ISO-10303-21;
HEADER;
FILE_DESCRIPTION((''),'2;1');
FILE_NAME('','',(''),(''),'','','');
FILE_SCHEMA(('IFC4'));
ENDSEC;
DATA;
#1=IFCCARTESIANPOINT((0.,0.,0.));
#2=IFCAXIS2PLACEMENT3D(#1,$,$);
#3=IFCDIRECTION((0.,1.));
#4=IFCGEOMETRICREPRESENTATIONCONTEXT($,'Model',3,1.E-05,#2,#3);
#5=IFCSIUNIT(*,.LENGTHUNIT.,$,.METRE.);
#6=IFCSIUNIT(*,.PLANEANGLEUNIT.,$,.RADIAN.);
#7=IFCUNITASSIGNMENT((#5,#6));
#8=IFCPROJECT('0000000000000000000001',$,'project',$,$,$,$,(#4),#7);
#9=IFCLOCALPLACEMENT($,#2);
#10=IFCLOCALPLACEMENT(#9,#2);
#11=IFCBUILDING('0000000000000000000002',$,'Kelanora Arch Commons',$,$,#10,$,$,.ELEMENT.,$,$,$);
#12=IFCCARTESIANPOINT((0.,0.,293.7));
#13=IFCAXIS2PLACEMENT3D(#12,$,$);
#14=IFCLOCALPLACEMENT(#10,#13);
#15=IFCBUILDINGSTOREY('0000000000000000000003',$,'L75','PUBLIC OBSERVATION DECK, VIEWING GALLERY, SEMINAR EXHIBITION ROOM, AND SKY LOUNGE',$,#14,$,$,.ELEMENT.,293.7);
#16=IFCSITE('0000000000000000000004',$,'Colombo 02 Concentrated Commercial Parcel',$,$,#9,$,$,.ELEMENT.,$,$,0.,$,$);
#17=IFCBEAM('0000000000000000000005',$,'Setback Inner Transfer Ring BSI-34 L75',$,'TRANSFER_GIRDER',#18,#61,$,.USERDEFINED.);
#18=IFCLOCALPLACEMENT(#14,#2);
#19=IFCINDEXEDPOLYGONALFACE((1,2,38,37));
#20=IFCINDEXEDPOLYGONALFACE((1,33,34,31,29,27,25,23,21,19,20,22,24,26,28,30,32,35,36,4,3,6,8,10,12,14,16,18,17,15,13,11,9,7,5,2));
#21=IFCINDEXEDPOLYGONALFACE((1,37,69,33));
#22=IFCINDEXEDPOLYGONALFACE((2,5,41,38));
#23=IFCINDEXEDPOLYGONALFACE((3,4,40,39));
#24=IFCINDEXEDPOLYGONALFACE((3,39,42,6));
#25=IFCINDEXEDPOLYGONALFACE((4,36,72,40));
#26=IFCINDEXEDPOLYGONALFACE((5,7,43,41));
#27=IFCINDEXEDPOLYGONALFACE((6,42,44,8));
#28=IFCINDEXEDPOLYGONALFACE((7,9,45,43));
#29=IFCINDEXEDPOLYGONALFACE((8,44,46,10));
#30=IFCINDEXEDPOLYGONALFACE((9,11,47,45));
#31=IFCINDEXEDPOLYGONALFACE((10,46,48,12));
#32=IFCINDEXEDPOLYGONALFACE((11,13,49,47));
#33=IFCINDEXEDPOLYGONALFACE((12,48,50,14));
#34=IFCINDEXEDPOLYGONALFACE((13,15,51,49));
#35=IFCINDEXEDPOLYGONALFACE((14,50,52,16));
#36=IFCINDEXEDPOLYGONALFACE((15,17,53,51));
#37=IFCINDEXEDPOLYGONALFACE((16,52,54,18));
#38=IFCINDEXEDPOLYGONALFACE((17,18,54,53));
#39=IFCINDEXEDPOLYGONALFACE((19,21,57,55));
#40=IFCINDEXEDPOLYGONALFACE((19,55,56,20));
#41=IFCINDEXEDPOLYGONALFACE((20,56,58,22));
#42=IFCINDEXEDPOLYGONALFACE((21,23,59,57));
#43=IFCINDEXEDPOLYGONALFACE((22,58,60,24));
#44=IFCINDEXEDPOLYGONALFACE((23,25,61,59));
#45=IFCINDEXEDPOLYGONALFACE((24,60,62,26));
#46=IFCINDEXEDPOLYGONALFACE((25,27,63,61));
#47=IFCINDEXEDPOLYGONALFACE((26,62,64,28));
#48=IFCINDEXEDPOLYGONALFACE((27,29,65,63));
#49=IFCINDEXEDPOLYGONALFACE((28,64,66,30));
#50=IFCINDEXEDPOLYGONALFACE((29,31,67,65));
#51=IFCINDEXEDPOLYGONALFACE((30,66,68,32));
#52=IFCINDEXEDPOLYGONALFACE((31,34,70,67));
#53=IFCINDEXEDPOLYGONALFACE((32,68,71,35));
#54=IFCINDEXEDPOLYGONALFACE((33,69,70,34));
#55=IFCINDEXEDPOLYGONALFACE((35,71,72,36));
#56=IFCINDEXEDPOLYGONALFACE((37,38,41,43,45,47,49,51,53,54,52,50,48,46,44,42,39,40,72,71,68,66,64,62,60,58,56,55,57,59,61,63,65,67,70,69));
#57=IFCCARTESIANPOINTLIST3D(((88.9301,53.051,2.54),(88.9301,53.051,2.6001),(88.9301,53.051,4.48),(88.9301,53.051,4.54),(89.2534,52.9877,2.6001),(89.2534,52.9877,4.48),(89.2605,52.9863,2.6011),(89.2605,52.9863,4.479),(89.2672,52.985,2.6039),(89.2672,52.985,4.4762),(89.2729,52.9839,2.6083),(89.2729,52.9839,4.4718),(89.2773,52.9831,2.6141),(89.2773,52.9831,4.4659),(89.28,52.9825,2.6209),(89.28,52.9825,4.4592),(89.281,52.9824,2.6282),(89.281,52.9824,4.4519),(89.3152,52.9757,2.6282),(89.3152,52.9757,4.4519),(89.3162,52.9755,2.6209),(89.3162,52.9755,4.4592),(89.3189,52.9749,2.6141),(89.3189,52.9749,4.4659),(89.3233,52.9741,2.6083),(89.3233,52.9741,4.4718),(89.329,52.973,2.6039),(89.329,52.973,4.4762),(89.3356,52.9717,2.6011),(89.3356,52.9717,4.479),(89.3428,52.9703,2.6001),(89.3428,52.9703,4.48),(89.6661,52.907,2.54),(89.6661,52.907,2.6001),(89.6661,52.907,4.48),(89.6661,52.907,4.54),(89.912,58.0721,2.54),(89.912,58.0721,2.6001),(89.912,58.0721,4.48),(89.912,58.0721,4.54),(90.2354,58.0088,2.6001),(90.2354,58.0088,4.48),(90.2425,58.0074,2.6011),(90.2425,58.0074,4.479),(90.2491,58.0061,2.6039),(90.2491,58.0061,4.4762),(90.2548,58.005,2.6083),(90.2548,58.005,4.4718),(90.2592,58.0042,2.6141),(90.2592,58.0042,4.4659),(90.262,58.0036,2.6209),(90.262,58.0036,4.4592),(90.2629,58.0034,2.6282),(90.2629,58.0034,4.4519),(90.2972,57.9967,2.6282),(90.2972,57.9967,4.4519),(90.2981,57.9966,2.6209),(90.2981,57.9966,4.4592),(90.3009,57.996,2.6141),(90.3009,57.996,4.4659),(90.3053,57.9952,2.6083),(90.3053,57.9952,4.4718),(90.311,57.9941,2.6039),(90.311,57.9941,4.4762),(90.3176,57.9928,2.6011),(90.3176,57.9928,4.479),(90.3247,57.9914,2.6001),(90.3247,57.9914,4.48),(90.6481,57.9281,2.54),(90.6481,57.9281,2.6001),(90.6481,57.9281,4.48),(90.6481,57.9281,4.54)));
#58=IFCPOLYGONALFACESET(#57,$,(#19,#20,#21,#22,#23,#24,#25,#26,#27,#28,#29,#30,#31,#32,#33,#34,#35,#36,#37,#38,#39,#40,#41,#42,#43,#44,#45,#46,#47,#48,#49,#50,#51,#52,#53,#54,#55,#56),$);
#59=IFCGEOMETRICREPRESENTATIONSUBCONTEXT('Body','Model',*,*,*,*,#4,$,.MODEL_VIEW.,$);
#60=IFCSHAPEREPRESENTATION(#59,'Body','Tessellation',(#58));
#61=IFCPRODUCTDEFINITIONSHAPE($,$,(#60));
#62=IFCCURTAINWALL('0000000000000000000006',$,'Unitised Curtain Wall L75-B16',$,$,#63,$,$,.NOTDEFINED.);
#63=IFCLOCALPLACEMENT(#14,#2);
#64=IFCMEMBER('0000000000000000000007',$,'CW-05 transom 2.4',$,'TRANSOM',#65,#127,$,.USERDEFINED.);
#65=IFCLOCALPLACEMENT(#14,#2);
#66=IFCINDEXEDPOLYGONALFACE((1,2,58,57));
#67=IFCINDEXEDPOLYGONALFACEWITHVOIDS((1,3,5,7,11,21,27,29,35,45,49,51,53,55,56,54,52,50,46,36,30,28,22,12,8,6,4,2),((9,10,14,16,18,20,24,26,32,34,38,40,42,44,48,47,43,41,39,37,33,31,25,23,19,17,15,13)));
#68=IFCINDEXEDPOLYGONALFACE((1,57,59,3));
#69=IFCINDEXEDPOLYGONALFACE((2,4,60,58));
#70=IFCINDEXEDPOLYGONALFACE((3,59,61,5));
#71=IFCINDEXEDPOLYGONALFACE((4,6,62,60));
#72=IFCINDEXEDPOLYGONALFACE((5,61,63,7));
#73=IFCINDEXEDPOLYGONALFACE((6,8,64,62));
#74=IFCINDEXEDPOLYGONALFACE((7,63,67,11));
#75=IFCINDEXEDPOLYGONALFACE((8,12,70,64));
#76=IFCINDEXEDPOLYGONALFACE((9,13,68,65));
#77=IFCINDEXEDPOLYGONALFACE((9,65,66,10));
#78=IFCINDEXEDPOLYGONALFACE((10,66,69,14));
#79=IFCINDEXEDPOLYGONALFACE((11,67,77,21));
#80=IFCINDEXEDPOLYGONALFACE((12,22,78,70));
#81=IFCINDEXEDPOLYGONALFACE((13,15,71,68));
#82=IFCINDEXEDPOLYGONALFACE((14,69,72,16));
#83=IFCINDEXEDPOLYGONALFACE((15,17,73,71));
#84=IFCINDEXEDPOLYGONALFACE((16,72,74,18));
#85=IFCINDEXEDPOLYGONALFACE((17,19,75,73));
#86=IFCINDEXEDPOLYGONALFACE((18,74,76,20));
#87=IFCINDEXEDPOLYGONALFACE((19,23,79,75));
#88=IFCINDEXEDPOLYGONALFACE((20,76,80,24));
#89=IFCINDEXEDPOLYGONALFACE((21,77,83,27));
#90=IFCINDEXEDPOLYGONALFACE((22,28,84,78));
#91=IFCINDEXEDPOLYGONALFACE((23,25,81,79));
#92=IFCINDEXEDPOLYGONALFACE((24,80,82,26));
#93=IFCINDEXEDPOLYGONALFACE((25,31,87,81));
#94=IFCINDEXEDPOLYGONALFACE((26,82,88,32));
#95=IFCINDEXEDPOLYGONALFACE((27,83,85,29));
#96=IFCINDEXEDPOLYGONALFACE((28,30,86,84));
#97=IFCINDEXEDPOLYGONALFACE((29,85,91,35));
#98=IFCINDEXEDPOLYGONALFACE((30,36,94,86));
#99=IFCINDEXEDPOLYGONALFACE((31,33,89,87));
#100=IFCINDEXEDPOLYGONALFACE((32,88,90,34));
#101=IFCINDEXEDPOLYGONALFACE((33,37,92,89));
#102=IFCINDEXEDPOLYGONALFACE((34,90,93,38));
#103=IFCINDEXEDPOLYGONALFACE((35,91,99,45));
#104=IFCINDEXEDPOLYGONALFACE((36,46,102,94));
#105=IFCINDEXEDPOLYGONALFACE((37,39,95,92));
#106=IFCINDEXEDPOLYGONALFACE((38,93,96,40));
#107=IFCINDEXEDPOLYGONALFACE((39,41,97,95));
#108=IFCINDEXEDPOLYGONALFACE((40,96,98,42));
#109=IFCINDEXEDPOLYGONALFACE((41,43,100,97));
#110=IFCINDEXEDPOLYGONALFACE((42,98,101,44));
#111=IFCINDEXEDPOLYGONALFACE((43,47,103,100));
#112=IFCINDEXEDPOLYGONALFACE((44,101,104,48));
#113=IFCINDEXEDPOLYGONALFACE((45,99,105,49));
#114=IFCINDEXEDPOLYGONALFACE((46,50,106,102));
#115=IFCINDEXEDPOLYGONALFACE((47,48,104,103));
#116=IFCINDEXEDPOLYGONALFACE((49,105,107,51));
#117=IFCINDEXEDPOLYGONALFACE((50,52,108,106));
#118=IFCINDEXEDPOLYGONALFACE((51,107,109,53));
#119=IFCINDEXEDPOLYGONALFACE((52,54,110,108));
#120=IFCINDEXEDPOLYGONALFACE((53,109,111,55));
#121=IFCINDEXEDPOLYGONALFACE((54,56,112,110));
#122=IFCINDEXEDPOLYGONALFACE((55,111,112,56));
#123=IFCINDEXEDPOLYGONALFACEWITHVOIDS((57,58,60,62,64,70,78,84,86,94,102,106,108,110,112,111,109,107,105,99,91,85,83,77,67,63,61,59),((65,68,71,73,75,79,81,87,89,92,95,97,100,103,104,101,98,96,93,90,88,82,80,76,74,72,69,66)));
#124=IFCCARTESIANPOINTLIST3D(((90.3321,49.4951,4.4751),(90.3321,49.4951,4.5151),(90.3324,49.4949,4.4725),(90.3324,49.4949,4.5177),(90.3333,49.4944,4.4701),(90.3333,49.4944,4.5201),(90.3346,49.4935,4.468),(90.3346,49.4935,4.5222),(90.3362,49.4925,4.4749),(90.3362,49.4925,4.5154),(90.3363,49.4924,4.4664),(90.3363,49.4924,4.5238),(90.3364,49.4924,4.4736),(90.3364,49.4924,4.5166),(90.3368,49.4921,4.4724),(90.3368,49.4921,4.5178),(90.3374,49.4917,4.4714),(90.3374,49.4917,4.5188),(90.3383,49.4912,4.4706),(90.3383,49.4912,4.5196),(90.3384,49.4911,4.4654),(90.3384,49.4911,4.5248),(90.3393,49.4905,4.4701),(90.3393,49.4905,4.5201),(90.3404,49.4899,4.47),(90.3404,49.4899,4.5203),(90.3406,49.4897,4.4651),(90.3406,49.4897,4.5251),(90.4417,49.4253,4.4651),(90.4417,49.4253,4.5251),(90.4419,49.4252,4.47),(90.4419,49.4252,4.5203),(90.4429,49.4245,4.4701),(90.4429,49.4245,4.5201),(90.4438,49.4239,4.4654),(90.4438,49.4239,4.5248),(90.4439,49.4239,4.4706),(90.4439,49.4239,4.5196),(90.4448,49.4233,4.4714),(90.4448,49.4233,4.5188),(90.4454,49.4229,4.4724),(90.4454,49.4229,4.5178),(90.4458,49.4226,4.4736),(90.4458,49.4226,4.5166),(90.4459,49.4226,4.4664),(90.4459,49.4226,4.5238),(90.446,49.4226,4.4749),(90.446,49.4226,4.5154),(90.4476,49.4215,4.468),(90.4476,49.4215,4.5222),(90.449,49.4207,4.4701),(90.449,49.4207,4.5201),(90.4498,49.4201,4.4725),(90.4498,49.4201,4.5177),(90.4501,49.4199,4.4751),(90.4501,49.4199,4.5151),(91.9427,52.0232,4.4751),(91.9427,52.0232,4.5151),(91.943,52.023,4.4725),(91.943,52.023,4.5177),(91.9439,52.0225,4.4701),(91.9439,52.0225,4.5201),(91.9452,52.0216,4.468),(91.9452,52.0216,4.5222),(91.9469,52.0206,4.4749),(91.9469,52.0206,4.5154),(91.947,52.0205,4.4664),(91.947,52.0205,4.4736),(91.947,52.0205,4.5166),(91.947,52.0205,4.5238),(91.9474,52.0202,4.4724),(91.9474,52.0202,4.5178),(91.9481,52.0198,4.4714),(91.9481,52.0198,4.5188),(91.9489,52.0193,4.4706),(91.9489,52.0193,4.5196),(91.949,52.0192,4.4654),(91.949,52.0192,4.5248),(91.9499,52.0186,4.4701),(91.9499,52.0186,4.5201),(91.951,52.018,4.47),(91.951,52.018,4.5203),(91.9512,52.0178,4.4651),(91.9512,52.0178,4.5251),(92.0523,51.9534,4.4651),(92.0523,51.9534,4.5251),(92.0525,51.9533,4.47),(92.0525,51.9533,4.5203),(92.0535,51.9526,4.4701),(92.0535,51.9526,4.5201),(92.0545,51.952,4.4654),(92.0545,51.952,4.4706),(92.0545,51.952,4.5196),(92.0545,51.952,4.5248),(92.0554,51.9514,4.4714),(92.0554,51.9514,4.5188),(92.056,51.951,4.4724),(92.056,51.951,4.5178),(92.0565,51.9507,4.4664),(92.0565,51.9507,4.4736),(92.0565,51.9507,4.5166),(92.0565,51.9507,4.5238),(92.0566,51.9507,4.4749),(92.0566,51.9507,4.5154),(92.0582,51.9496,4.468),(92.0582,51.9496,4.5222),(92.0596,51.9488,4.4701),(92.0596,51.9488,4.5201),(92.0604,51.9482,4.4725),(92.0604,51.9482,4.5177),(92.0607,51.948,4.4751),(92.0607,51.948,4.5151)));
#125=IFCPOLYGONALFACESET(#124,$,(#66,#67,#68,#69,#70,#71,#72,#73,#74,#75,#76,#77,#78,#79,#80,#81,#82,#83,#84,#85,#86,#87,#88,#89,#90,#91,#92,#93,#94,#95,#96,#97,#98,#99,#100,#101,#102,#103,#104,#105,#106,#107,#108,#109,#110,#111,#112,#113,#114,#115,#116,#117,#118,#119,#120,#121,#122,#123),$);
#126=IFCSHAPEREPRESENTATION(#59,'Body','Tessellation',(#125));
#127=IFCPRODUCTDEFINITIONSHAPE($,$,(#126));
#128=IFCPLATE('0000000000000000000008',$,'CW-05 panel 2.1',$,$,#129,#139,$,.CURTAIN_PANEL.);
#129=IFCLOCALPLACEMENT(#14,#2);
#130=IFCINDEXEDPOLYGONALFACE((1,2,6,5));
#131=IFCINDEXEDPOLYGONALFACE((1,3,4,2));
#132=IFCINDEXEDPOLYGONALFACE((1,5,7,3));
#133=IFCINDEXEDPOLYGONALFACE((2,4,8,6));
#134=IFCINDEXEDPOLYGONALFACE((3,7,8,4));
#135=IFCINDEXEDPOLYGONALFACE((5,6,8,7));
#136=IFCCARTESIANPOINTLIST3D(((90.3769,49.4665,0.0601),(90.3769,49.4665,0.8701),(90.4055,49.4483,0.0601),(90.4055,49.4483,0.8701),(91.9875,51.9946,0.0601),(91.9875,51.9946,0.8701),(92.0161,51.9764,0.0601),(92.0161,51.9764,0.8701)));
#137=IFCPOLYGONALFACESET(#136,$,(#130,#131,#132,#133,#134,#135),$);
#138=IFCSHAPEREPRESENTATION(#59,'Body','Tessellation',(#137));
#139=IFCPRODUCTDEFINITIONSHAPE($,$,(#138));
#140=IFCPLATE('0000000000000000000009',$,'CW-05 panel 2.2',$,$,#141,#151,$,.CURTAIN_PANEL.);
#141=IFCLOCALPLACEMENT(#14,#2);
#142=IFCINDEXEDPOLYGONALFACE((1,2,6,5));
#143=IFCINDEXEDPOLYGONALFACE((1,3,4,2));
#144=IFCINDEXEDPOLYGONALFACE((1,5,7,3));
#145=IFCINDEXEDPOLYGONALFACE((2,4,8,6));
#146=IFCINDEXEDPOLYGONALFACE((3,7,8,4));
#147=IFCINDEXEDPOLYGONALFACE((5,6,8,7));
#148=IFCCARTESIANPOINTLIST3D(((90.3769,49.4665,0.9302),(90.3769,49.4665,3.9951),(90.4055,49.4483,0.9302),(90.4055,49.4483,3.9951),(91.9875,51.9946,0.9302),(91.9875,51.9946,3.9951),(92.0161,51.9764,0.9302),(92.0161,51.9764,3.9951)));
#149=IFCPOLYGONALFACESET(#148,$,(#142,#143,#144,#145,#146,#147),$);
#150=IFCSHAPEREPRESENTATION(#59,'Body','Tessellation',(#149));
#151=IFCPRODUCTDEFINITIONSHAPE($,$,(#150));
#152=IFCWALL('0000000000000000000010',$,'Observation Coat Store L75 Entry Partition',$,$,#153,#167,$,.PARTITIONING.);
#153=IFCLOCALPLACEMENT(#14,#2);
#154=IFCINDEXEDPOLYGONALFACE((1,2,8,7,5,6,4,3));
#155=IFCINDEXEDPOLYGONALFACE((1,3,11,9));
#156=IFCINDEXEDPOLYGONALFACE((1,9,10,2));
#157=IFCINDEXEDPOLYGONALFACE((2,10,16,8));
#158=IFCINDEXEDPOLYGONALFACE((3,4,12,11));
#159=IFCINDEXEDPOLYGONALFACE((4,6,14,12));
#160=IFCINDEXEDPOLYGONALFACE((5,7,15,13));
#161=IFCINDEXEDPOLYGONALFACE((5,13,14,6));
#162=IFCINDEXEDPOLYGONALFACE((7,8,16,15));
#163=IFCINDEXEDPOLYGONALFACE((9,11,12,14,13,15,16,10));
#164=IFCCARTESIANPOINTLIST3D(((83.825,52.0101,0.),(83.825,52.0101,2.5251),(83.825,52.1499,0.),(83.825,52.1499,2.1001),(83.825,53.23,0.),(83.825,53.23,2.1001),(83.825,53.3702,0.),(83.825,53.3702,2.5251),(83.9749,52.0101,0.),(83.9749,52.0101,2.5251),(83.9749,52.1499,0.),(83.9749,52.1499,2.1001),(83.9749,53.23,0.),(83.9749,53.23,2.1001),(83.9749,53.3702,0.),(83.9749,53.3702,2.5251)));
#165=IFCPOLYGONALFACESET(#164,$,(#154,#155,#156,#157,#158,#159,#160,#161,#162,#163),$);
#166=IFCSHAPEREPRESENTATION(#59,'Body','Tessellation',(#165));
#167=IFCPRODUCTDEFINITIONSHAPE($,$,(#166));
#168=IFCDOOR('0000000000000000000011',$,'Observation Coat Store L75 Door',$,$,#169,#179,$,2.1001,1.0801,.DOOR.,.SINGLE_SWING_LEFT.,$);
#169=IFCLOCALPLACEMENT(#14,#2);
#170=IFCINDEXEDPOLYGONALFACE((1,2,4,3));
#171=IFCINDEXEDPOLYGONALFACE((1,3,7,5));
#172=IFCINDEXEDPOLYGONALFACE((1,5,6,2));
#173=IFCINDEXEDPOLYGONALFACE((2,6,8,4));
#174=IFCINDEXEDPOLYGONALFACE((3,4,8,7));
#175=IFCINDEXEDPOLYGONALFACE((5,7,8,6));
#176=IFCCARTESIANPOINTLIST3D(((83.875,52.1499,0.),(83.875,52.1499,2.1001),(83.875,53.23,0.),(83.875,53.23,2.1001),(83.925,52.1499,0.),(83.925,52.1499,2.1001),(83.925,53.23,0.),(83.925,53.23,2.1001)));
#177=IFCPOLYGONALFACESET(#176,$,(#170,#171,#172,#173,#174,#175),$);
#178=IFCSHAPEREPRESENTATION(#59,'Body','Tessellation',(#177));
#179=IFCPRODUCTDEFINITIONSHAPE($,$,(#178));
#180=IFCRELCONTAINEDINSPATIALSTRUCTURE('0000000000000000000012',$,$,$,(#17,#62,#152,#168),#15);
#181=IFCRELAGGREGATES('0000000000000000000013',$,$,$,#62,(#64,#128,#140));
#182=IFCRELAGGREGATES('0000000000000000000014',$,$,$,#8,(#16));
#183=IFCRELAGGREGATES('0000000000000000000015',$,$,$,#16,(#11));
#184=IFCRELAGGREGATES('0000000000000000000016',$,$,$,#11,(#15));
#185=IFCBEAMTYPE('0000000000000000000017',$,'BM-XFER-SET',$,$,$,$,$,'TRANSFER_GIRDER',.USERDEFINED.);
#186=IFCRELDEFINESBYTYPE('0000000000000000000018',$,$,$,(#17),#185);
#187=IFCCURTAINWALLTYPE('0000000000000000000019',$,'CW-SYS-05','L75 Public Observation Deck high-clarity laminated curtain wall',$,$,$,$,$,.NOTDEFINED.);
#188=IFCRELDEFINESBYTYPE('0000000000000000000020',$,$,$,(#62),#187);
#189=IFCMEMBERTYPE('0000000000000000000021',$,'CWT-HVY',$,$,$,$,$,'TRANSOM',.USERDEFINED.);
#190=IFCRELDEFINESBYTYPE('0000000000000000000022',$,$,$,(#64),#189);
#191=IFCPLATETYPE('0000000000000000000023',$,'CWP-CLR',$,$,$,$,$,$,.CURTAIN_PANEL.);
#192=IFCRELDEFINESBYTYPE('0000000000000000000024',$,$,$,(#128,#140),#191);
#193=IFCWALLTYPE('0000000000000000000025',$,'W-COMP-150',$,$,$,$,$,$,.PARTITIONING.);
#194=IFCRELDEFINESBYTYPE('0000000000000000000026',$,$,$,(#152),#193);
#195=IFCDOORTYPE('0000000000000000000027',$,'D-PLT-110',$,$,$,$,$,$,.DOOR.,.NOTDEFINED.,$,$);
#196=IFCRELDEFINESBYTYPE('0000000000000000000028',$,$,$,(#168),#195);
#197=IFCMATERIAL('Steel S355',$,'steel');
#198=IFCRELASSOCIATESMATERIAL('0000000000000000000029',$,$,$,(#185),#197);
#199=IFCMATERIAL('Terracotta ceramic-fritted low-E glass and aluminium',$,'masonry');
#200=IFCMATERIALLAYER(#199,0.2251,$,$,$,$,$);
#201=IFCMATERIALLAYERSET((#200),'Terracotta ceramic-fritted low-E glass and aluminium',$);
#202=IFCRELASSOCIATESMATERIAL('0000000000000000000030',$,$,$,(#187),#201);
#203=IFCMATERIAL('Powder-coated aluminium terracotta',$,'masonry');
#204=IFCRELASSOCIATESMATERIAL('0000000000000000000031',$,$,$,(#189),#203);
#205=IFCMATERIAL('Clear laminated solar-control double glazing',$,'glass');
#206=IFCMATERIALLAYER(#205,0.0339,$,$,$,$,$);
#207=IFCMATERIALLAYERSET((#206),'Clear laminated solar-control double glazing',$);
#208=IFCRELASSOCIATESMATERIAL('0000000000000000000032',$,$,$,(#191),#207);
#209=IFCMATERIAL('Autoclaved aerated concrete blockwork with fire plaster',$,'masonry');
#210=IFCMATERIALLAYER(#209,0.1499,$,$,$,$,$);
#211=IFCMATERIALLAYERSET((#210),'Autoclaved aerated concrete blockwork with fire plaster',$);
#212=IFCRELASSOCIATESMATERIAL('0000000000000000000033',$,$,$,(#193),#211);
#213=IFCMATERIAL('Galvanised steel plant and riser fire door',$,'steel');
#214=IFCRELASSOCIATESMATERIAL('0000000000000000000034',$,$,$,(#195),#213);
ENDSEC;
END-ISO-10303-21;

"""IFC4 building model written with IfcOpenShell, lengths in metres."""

from ifc_helpers import new_model, si_unit, direction, frame, frame_2d, origin, origin_2d, place, context, subcontext, project, spatial, rectangle, hollow_rectangle, i_section, extrude, source, transform, mapped, material, layer, layer_set, material_profile, profile_set, type_object, element, fill, aggregate, save


model = new_model("IFC4")

# Units and contexts
model_context = context("Model", 3, precision=1e-05, world=origin(), true_north=direction((0.0, 1.0)))
body_context = subcontext(model_context, "Body", "Model", "MODEL_VIEW")
ifc_project = project(units=[si_unit("LENGTHUNIT", "METRE"), si_unit("PLANEANGLEUNIT", "RADIAN")], contexts=[model_context])

# Site, building, storey
site_placement = place(None, origin())
site = spatial("IfcSite", under=ifc_project, at=site_placement, Name="Colombo 02 Concentrated Commercial Parcel", CompositionType="ELEMENT", RefElevation=0.0)
building_placement = place(site_placement, origin())
building = spatial("IfcBuilding", under=site, at=building_placement, Name="Kelanora Arch Commons", CompositionType="ELEMENT")
storey_placement = place(building_placement, frame((0.0, 0.0, 293.7)))
storey = spatial("IfcBuildingStorey", under=building, at=storey_placement, Name="L75", Description="PUBLIC OBSERVATION DECK, VIEWING GALLERY, SEMINAR EXHIBITION ROOM, AND SKY LOUNGE", CompositionType="ELEMENT", Elevation=293.7)

# Beam
ifc_material_1 = material(Name="Steel S355", Category="steel")
ifc_material_profile_1 = material_profile(ifc_material_1, i_section(OverallWidth=0.75, OverallDepth=2.0, WebThickness=0.0349, FlangeThickness=0.0601, FilletRadius=0.0281, at=origin_2d()), Name="PG2000x750")
ifc_profile_set_1 = profile_set([ifc_material_profile_1], Name="Steel S355")
beam_type_1 = type_object("IfcBeamType", Name="BM-XFER-SET", ElementType="TRANSFER_GIRDER", PredefinedType="USERDEFINED", material=ifc_profile_set_1)
beam_1_placement = place(storey_placement, frame((89.2981, 52.979, 3.54), z_axis=(0.19193, 0.981409, 0.0), x_axis=(-0.981409, 0.19193, 0.0)))
element("IfcBeam", 1, at=beam_1_placement, inside=storey, type_object=beam_type_1, Name="Setback Inner Transfer Ring BSI-34 L75", ObjectType="TRANSFER_GIRDER", PredefinedType="USERDEFINED", context=body_context, shape_type="SweptSolid", body=[
    extrude(i_section(OverallWidth=0.75, OverallDepth=2.0, WebThickness=0.0349, FlangeThickness=0.0601, FilletRadius=0.0281, at=origin_2d()), origin(), (0.0, 0.0, 1.0), 5.1162),
])

# Curtain wall, member, plates
ifc_material_2 = material(Name="Terracotta ceramic-fritted low-E glass and aluminium", Category="masonry")
ifc_layer_1 = layer(ifc_material_2, 0.2251)
ifc_layer_set_1 = layer_set([ifc_layer_1], Name="Terracotta ceramic-fritted low-E glass and aluminium")
curtain_wall_type = type_object("IfcCurtainWallType", Name="CW-SYS-05", Description="L75 Public Observation Deck high-clarity laminated curtain wall", PredefinedType="NOTDEFINED", material=ifc_layer_set_1)
curtain_wall_placement = place(storey_placement, origin())
curtain_wall = element("IfcCurtainWall", 2, at=curtain_wall_placement, inside=storey, type_object=curtain_wall_type, Name="Unitised Curtain Wall L75-B16", PredefinedType="NOTDEFINED")
ifc_material_3 = material(Name="Powder-coated aluminium terracotta", Category="masonry")
ifc_material_profile_2 = material_profile(ifc_material_3, hollow_rectangle(XDim=0.1399, YDim=0.0601, WallThickness=0.0049, InnerFilletRadius=0.0049, OuterFilletRadius=0.01, at=origin_2d()), Name="CWT140x60")
ifc_profile_set_2 = profile_set([ifc_material_profile_2], Name="Powder-coated aluminium terracotta")
member_type = type_object("IfcMemberType", Name="CWT-HVY", ElementType="TRANSOM", PredefinedType="USERDEFINED", material=ifc_profile_set_2)
member_placement = place(storey_placement, frame((90.3911, 49.4575, 4.4951), z_axis=(0.537308, 0.843386, 0.0), x_axis=(-0.843386, 0.537308, 0.0)))
member = element("IfcMember", 3, at=member_placement, type_object=member_type, Name="CW-05 transom 2.4", ObjectType="TRANSOM", PredefinedType="USERDEFINED", context=body_context, shape_type="SweptSolid", body=[
    extrude(hollow_rectangle(XDim=0.1399, YDim=0.0601, WallThickness=0.0049, InnerFilletRadius=0.0049, OuterFilletRadius=0.01, at=origin_2d()), origin(), (0.0, 0.0, 1.0), 2.9976),
])
ifc_material_4 = material(Name="Clear laminated solar-control double glazing", Category="glass")
ifc_layer_2 = layer(ifc_material_4, 0.0339)
ifc_layer_set_2 = layer_set([ifc_layer_2], Name="Clear laminated solar-control double glazing")
plate_type = type_object("IfcPlateType", Name="CWP-CLR", PredefinedType="CURTAIN_PANEL", material=ifc_layer_set_2)
shared_shape_1 = source(origin(), body_context, "Body", "SweptSolid", [
    extrude(rectangle(XDim=2.9976, YDim=0.0339, at=origin_2d()), origin(), (0.0, 0.0, 1.0), 0.8101),
])
plate_1_placement = place(storey_placement, frame((91.1965, 50.7214, 0.0601), z_axis=(0.0, 0.0, 1.0), x_axis=(0.5373, 0.843391, 0.0)))
plate_1 = element("IfcPlate", 4, at=plate_1_placement, type_object=plate_type, Name="CW-05 panel 2.1", PredefinedType="CURTAIN_PANEL", context=body_context, shape_type="MappedRepresentation", body=[
    mapped(shared_shape_1, transform((0.0, 0.0, 0.0), scale=1.0)),
])
shared_shape_2 = source(origin(), body_context, "Body", "SweptSolid", [
    extrude(rectangle(XDim=2.9976, YDim=0.0339, at=origin_2d()), origin(), (0.0, 0.0, 1.0), 3.0649),
])
plate_2_placement = place(storey_placement, frame((91.1965, 50.7214, 0.9302), z_axis=(0.0, 0.0, 1.0), x_axis=(0.5373, 0.843391, 0.0)))
plate_2 = element("IfcPlate", 5, at=plate_2_placement, type_object=plate_type, Name="CW-05 panel 2.2", PredefinedType="CURTAIN_PANEL", context=body_context, shape_type="MappedRepresentation", body=[
    mapped(shared_shape_2, transform((0.0, 0.0, 0.0), scale=1.0)),
])
aggregate(curtain_wall, [member, plate_1, plate_2])

# Wall, opening, door
ifc_material_5 = material(Name="Autoclaved aerated concrete blockwork with fire plaster", Category="masonry")
ifc_layer_3 = layer(ifc_material_5, 0.1499)
ifc_layer_set_3 = layer_set([ifc_layer_3], Name="Autoclaved aerated concrete blockwork with fire plaster")
wall_type_1 = type_object("IfcWallType", Name="W-COMP-150", PredefinedType="PARTITIONING", material=ifc_layer_set_3)
wall_1_placement = place(storey_placement, frame((83.8999, 52.01, 0.0), z_axis=(0.0, 0.0, 1.0), x_axis=(0.0, 1.0, 0.0)))
wall_1 = element("IfcWall", 6, at=wall_1_placement, inside=storey, type_object=wall_type_1, Name="Observation Coat Store L75 Entry Partition", PredefinedType="PARTITIONING", context=body_context, shape_type="SweptSolid", body=[
    extrude(rectangle(XDim=1.3601, YDim=0.1499, at=frame_2d((0.6802, 0.0))), origin(), (0.0, 0.0, 1.0), 2.5251),
])
opening_1_placement = place(wall_1_placement, frame((0.1399, 0.0, 0.0)))
opening_1 = element("IfcOpeningElement", 7, at=opening_1_placement, cuts=wall_1, PredefinedType="OPENING", context=body_context, shape_type="SweptSolid", body=[
    extrude(rectangle(XDim=1.0801, YDim=2.1001, at=frame_2d((0.54, 1.05))), frame((0.0, 0.085, 0.0), z_axis=(0.0, -1.0, 0.0), x_axis=(1.0, 0.0, 0.0)), (0.0, 0.0, 1.0), 0.1699),
])
ifc_material_6 = material(Name="Galvanised steel plant and riser fire door", Category="steel")
door_type_1 = type_object("IfcDoorType", Name="D-PLT-110", OperationType="NOTDEFINED", PredefinedType="DOOR", material=ifc_material_6)
door_1_placement = place(opening_1_placement, origin())
door_1 = element("IfcDoor", 8, at=door_1_placement, inside=storey, type_object=door_type_1, Name="Observation Coat Store L75 Door", OperationType="SINGLE_SWING_LEFT", OverallHeight=2.1001, OverallWidth=1.0801, PredefinedType="DOOR", context=body_context, shape_type="SweptSolid", body=[
    extrude(rectangle(XDim=1.0801, YDim=2.1001, at=frame_2d((0.54, 1.05))), frame((0.0, 0.0249, 0.0), z_axis=(0.0, -1.0, 0.0), x_axis=(1.0, 0.0, 0.0)), (0.0, 0.0, 1.0), 0.05),
])
fill(opening_1, door_1)

save(model, "model.ifc")
